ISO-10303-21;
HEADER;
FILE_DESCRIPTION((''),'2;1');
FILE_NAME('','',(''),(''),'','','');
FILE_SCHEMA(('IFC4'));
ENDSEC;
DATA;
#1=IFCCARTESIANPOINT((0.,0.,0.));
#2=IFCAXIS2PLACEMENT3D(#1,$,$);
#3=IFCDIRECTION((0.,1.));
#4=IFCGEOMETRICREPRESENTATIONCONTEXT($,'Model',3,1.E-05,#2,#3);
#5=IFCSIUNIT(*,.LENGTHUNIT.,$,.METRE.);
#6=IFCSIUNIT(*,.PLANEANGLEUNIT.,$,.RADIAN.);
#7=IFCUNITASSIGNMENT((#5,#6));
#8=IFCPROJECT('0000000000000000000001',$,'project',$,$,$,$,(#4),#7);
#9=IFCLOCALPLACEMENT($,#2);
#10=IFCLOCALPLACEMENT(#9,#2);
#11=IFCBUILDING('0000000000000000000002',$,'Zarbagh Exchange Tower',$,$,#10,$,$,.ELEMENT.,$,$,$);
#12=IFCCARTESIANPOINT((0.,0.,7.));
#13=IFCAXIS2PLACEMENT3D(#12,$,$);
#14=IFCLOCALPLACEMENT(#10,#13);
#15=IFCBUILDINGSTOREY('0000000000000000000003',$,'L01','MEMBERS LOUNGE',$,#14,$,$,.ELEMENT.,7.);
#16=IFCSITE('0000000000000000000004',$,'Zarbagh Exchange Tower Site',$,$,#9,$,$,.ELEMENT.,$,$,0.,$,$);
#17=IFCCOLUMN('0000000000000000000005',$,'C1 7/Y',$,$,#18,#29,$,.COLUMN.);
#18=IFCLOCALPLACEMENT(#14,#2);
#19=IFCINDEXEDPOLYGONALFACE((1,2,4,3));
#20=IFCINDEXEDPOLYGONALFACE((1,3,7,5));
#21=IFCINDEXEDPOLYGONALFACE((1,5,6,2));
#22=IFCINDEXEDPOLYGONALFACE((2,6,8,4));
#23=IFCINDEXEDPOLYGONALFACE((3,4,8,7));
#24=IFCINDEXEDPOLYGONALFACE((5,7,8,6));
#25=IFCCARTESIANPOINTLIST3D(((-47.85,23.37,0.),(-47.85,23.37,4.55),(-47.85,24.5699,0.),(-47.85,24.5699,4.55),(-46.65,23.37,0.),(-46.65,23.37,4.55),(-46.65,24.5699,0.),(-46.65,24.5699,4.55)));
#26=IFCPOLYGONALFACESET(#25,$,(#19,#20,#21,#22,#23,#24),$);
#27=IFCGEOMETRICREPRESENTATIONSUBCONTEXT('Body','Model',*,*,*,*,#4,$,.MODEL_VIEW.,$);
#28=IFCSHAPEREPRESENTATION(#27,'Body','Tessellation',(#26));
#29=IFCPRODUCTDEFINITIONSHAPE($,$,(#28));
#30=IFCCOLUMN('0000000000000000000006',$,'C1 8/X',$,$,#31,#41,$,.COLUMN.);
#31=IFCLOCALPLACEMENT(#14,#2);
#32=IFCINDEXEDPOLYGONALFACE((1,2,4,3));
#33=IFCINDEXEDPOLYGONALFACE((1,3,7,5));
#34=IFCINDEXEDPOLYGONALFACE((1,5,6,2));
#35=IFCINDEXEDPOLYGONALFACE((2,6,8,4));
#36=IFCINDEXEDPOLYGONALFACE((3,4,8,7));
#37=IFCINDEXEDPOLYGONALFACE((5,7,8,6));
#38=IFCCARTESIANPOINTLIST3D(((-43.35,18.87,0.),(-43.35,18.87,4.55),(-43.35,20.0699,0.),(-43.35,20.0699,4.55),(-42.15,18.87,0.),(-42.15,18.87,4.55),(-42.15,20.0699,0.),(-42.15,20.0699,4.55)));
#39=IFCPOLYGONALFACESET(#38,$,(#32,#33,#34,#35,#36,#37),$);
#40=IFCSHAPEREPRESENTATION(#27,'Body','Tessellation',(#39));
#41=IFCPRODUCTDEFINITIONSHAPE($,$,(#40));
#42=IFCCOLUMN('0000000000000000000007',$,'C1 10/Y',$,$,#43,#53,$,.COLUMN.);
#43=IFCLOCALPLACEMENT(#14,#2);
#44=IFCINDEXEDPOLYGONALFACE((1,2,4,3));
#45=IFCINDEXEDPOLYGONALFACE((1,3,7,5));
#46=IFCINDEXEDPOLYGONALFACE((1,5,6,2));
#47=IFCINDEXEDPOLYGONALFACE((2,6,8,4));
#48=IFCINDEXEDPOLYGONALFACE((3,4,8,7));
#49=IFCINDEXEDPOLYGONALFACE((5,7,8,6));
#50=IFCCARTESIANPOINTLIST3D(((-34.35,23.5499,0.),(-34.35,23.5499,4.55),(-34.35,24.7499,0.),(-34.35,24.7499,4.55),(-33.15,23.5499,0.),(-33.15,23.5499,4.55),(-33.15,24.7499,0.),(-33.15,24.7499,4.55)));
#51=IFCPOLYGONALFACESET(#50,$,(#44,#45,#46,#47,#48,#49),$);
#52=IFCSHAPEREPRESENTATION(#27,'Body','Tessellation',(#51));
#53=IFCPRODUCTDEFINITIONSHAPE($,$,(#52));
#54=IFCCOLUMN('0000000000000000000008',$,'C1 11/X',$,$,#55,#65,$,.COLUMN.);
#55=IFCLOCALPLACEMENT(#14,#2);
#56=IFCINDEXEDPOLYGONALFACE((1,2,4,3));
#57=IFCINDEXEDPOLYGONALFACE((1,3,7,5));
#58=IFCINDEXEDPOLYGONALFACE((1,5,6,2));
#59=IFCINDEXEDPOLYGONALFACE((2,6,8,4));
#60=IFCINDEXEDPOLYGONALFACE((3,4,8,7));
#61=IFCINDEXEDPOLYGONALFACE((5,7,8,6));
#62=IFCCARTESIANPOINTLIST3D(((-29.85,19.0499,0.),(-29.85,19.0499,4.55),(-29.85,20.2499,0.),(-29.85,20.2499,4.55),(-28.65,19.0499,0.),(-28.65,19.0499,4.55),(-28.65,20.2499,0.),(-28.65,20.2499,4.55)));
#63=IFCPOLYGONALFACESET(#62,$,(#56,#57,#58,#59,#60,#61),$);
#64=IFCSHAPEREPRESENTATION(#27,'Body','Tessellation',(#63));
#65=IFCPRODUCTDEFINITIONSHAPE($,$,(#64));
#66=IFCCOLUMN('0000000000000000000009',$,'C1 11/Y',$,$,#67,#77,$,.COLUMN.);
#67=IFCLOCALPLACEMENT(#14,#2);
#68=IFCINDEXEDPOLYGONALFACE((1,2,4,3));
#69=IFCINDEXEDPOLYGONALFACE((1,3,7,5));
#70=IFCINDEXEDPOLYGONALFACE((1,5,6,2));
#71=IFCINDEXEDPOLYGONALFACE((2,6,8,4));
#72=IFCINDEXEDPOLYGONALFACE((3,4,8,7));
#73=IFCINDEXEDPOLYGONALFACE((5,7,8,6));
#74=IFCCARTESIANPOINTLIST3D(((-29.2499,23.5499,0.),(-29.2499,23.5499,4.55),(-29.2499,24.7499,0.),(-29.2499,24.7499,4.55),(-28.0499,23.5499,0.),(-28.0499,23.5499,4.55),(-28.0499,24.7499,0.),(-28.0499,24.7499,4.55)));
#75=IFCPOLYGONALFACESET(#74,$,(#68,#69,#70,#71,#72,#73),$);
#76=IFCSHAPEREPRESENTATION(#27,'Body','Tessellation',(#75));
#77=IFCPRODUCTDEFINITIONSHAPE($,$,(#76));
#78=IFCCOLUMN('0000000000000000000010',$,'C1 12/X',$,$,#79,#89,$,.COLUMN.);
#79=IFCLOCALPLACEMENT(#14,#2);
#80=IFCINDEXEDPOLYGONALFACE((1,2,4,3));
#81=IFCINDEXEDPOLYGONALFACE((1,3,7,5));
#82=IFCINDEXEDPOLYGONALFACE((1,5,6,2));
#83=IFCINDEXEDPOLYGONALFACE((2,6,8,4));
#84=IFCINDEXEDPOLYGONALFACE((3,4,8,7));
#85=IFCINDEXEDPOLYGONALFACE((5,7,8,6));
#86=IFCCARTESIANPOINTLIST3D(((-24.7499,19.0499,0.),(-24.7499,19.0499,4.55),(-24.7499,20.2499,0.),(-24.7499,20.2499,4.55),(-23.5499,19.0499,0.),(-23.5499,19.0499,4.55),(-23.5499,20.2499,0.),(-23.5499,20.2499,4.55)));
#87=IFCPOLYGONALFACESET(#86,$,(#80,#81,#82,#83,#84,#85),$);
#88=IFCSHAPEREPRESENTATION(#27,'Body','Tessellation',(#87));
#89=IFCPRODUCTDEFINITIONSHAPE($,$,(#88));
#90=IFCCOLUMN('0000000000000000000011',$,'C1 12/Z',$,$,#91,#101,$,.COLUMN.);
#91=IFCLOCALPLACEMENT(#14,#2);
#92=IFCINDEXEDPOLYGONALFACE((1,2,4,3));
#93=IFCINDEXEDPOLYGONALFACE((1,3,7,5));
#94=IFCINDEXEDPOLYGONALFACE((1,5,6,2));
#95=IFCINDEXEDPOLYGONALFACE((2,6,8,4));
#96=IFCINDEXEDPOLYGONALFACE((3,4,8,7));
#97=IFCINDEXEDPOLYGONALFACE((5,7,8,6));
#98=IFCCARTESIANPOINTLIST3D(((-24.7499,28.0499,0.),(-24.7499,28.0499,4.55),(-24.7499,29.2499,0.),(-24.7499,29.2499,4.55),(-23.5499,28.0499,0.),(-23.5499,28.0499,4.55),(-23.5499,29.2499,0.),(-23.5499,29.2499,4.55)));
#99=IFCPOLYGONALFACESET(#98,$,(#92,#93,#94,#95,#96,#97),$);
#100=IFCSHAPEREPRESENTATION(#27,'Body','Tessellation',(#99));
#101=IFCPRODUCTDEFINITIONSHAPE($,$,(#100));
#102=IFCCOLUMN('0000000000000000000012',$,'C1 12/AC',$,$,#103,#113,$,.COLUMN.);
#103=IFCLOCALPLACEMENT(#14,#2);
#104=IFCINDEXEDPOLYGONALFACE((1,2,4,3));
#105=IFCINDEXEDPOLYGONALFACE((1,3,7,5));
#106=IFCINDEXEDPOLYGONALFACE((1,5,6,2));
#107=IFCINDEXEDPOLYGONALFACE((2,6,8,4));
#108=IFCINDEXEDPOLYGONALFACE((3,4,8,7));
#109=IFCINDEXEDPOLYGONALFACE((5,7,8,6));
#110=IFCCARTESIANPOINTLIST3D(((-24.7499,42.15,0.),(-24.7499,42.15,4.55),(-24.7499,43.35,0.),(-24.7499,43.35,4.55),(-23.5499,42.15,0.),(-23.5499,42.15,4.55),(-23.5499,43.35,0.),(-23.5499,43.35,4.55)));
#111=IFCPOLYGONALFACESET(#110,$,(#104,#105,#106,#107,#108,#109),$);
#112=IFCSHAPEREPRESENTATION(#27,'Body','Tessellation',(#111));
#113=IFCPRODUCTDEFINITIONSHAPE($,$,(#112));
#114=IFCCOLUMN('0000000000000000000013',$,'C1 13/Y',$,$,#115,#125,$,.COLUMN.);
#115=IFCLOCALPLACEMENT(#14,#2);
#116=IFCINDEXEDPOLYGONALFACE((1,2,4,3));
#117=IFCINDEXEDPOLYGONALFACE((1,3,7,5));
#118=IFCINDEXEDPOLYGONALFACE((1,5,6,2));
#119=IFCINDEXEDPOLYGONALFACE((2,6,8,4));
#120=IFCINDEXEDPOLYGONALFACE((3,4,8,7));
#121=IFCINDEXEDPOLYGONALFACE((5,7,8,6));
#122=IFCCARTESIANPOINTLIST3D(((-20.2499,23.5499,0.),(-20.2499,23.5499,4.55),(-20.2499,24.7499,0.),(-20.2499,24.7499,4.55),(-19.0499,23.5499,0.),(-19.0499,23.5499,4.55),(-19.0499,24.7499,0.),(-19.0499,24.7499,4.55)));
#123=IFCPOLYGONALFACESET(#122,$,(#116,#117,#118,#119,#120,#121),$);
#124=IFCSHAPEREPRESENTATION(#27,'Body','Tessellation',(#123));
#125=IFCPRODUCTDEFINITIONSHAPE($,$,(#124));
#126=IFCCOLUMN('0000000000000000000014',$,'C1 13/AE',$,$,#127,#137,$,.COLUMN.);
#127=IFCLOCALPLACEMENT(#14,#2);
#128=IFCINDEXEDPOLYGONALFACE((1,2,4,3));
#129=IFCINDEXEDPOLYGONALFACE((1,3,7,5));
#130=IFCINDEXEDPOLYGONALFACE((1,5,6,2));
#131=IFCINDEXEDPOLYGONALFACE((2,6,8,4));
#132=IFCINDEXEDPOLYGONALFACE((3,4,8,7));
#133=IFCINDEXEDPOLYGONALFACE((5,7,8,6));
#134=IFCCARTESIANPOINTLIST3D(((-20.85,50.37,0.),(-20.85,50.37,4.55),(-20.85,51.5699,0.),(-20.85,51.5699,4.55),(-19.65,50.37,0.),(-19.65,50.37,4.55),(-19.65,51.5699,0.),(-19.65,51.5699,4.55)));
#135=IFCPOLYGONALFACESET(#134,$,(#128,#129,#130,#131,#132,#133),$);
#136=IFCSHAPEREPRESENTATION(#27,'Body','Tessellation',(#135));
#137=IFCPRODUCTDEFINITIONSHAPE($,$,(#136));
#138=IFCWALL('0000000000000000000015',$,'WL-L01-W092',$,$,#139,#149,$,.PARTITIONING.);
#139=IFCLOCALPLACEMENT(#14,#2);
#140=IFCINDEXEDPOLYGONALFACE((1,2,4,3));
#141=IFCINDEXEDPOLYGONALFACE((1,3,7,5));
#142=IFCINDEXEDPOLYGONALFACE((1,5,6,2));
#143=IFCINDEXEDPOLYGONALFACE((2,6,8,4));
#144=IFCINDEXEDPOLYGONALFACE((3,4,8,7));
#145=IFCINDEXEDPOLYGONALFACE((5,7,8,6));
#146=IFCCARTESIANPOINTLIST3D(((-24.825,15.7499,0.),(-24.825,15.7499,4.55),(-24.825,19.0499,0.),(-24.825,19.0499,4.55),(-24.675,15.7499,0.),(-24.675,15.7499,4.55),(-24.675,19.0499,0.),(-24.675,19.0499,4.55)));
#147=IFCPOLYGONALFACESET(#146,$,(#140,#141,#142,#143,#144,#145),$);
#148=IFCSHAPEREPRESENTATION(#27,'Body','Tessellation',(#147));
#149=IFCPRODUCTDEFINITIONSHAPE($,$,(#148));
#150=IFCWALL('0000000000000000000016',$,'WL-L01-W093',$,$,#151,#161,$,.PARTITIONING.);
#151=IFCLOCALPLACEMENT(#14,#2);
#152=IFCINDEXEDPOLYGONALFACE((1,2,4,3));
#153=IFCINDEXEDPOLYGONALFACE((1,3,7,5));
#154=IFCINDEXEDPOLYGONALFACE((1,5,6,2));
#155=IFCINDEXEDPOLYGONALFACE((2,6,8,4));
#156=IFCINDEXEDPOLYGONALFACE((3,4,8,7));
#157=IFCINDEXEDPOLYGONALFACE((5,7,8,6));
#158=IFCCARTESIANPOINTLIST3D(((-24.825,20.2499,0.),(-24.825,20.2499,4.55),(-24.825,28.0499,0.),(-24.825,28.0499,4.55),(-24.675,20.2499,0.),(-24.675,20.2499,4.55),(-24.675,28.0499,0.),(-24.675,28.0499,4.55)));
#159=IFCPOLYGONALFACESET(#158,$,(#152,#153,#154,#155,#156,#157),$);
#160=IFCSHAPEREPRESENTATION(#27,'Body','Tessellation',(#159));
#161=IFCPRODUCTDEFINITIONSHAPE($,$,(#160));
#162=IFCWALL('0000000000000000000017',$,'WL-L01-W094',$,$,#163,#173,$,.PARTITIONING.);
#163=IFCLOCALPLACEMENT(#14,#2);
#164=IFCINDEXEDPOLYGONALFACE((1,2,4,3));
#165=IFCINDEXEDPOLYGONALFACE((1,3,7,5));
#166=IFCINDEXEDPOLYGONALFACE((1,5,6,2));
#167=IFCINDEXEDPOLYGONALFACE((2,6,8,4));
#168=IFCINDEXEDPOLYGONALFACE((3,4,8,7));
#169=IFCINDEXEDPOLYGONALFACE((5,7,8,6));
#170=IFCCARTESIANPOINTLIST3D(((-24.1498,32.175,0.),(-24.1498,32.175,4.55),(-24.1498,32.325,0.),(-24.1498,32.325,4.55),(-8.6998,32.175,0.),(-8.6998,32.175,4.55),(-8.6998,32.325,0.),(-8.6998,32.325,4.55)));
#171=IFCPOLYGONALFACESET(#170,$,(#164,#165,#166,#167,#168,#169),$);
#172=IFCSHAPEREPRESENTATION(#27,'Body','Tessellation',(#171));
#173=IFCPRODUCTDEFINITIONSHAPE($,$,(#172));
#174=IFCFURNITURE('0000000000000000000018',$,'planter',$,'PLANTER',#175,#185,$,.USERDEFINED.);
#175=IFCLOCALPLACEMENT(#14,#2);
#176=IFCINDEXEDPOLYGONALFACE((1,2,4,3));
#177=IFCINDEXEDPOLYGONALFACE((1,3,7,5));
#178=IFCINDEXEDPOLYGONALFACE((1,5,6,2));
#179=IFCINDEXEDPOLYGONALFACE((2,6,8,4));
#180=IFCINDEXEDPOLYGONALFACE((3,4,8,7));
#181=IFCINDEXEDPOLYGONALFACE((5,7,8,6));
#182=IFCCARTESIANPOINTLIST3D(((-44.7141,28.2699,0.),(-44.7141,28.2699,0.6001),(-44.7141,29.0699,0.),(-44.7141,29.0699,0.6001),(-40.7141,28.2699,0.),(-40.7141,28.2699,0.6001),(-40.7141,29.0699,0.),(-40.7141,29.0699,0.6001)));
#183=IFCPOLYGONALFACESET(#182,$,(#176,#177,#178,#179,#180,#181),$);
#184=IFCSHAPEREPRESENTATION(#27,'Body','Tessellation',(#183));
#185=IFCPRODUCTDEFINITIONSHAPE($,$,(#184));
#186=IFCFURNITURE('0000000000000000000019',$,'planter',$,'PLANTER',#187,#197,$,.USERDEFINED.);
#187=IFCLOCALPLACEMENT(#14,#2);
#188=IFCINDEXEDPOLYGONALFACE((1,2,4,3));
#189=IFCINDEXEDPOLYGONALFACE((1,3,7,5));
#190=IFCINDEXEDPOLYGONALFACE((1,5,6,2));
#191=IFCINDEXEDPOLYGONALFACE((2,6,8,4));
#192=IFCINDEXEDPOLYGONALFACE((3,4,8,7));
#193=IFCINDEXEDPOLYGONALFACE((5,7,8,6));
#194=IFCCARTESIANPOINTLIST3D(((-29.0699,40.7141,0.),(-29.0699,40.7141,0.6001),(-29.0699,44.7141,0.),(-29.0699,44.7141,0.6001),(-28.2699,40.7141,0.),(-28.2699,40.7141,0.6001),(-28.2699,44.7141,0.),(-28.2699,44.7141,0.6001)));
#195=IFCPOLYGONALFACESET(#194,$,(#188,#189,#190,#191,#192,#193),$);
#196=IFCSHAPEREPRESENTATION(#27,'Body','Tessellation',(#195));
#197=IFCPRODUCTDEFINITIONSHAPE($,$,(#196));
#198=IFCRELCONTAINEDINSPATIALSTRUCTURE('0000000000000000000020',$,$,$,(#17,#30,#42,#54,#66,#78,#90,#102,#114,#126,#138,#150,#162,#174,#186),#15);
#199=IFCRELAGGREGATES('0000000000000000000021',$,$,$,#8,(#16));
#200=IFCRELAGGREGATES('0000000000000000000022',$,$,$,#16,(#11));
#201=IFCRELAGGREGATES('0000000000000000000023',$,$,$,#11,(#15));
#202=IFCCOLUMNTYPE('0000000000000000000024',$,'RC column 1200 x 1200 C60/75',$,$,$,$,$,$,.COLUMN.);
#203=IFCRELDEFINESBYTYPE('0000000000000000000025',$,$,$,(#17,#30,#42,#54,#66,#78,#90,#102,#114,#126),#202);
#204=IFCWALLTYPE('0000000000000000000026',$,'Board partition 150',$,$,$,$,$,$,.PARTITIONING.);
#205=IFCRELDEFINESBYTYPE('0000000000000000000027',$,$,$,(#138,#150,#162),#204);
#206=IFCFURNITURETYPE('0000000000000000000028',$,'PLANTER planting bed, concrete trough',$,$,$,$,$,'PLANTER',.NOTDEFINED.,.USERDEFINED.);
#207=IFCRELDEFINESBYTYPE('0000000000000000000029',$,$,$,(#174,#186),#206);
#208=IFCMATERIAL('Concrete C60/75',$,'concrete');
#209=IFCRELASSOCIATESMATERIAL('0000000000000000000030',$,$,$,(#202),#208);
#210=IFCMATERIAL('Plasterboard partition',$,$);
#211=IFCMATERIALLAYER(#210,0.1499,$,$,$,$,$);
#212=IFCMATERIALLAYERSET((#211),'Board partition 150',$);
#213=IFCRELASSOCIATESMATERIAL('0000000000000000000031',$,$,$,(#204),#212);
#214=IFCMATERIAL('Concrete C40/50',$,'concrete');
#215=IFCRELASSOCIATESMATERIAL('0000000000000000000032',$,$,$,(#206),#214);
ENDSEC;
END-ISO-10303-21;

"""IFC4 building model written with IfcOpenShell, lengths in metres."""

from ifc_helpers import new_model, si_unit, direction, frame, frame_2d, origin, origin_2d, place, context, subcontext, project, spatial, rectangle, extrude, material, layer, layer_set, material_profile, profile_set, type_object, element, save


model = new_model("IFC4")

# Units and contexts
model_context = context("Model", 3, precision=1e-05, world=origin(), true_north=direction((0.0, 1.0)))
body_context = subcontext(model_context, "Body", "Model", "MODEL_VIEW")
ifc_project = project(units=[si_unit("LENGTHUNIT", "METRE"), si_unit("PLANEANGLEUNIT", "RADIAN")], contexts=[model_context])

# Site, building, storey
site_placement = place(None, origin())
site = spatial("IfcSite", under=ifc_project, at=site_placement, Name="Zarbagh Exchange Tower Site", CompositionType="ELEMENT", RefElevation=0.0)
building_placement = place(site_placement, origin())
building = spatial("IfcBuilding", under=site, at=building_placement, Name="Zarbagh Exchange Tower", CompositionType="ELEMENT")
storey_placement = place(building_placement, frame((0.0, 0.0, 7.0)))
storey = spatial("IfcBuildingStorey", under=building, at=storey_placement, Name="L01", Description="MEMBERS LOUNGE", CompositionType="ELEMENT", Elevation=7.0)

# Columns
ifc_material_1 = material(Name="Concrete C60/75", Category="concrete")
ifc_material_profile = material_profile(ifc_material_1, rectangle(XDim=1.2, YDim=1.2, at=origin_2d()), Name="RC column 1200 x 1200 C60/75")
ifc_profile_set = profile_set([ifc_material_profile], Name="Concrete C60/75")
column_type = type_object("IfcColumnType", Name="RC column 1200 x 1200 C60/75", PredefinedType="COLUMN", material=ifc_profile_set)
for number, where, z_axis, x_axis, name in (
    (1, (-47.25, 23.97, 0.0), (0.0, 0.0, 1.0), (1.0, 0.0, 0.0), "C1 7/Y"),
    (2, (-42.75, 19.47, 0.0), (0.0, 0.0, 1.0), (1.0, 0.0, 0.0), "C1 8/X"),
    (3, (-33.75, 24.1499, 0.0), (0.0, 0.0, 1.0), (1.0, 0.0, 0.0), "C1 10/Y"),
    (4, (-29.25, 19.6499, 0.0), (0.0, 0.0, 1.0), (1.0, 0.0, 0.0), "C1 11/X"),
    (5, (-28.6499, 24.1499, 0.0), (0.0, 0.0, 1.0), (1.0, 0.0, 0.0), "C1 11/Y"),
    (6, (-24.1499, 19.6499, 0.0), (0.0, 0.0, 1.0), (1.0, 0.0, 0.0), "C1 12/X"),
    (7, (-24.1499, 28.6499, 0.0), (0.0, 0.0, 1.0), (1.0, 0.0, 0.0), "C1 12/Z"),
    (8, (-24.1499, 42.75, 0.0), (0.0, 0.0, 1.0), (1.0, 0.0, 0.0), "C1 12/AC"),
    (9, (-19.6499, 24.1499, 0.0), (0.0, 0.0, 1.0), (1.0, 0.0, 0.0), "C1 13/Y"),
    (10, (-20.25, 50.97, 0.0), (0.0, 0.0, 1.0), (1.0, 0.0, 0.0), "C1 13/AE"),
):
    element("IfcColumn", number, at=place(storey_placement, frame(where, z_axis=z_axis, x_axis=x_axis)), inside=storey, type_object=column_type, Name=name, PredefinedType="COLUMN", context=body_context, shape_type="SweptSolid", body=[
        extrude(rectangle(XDim=1.2, YDim=1.2, at=origin_2d()), origin(), (0.0, 0.0, 1.0), 4.55),
    ])

# Walls
ifc_material_2 = material(Name="Plasterboard partition")
ifc_layer_1 = layer(ifc_material_2, 0.1499)
ifc_layer_set_1 = layer_set([ifc_layer_1], Name="Board partition 150")
wall_type_1 = type_object("IfcWallType", Name="Board partition 150", PredefinedType="PARTITIONING", material=ifc_layer_set_1)
wall_1_placement = place(storey_placement, frame((-24.75, 15.75, 0.0), z_axis=(0.0, 0.0, 1.0), x_axis=(0.0, 1.0, 0.0)))
element("IfcWall", 11, at=wall_1_placement, inside=storey, type_object=wall_type_1, Name="WL-L01-W092", PredefinedType="PARTITIONING", context=body_context, shape_type="SweptSolid", body=[
    extrude(rectangle(XDim=3.3, YDim=0.1499, at=frame_2d((1.6499, 0.0))), origin(), (0.0, 0.0, 1.0), 4.55),
])
wall_2_placement = place(storey_placement, frame((-24.75, 20.25, 0.0), z_axis=(0.0, 0.0, 1.0), x_axis=(0.0, 1.0, 0.0)))
element("IfcWall", 12, at=wall_2_placement, inside=storey, type_object=wall_type_1, Name="WL-L01-W093", PredefinedType="PARTITIONING", context=body_context, shape_type="SweptSolid", body=[
    extrude(rectangle(XDim=7.8, YDim=0.1499, at=frame_2d((3.8999, 0.0))), origin(), (0.0, 0.0, 1.0), 4.55),
])
wall_3_placement = place(storey_placement, frame((-24.1499, 32.25, 0.0), z_axis=(0.0, 0.0, 1.0), x_axis=(1.0, 0.0, 0.0)))
element("IfcWall", 13, at=wall_3_placement, inside=storey, type_object=wall_type_1, Name="WL-L01-W094", PredefinedType="PARTITIONING", context=body_context, shape_type="SweptSolid", body=[
    extrude(rectangle(XDim=15.45, YDim=0.1499, at=frame_2d((7.7251, 0.0))), origin(), (0.0, 0.0, 1.0), 4.55),
])

# Furniture
ifc_material_3 = material(Name="Concrete C40/50", Category="concrete")
furniture_type = type_object("IfcFurnitureType", Name="PLANTER planting bed, concrete trough", ElementType="PLANTER", AssemblyPlace="NOTDEFINED", PredefinedType="USERDEFINED", material=ifc_material_3)
for number, where, z_axis, x_axis, name in (
    (14, (-42.7141, 28.6699, 0.0), (0.0, 0.0, 1.0), (1.0, 0.0, 0.0), "planter"),
    (15, (-28.6699, 42.7141, 0.0), (0.0, 0.0, 1.0), (0.0, 1.0, 0.0), "planter"),
):
    element("IfcFurniture", number, at=place(storey_placement, frame(where, z_axis=z_axis, x_axis=x_axis)), inside=storey, type_object=furniture_type, Name=name, ObjectType="PLANTER", PredefinedType="USERDEFINED", context=body_context, shape_type="SweptSolid", body=[
        extrude(rectangle(XDim=4.0, YDim=0.8, at=origin_2d()), origin(), (0.0, 0.0, 1.0), 0.6001),
    ])

save(model, "model.ifc")
